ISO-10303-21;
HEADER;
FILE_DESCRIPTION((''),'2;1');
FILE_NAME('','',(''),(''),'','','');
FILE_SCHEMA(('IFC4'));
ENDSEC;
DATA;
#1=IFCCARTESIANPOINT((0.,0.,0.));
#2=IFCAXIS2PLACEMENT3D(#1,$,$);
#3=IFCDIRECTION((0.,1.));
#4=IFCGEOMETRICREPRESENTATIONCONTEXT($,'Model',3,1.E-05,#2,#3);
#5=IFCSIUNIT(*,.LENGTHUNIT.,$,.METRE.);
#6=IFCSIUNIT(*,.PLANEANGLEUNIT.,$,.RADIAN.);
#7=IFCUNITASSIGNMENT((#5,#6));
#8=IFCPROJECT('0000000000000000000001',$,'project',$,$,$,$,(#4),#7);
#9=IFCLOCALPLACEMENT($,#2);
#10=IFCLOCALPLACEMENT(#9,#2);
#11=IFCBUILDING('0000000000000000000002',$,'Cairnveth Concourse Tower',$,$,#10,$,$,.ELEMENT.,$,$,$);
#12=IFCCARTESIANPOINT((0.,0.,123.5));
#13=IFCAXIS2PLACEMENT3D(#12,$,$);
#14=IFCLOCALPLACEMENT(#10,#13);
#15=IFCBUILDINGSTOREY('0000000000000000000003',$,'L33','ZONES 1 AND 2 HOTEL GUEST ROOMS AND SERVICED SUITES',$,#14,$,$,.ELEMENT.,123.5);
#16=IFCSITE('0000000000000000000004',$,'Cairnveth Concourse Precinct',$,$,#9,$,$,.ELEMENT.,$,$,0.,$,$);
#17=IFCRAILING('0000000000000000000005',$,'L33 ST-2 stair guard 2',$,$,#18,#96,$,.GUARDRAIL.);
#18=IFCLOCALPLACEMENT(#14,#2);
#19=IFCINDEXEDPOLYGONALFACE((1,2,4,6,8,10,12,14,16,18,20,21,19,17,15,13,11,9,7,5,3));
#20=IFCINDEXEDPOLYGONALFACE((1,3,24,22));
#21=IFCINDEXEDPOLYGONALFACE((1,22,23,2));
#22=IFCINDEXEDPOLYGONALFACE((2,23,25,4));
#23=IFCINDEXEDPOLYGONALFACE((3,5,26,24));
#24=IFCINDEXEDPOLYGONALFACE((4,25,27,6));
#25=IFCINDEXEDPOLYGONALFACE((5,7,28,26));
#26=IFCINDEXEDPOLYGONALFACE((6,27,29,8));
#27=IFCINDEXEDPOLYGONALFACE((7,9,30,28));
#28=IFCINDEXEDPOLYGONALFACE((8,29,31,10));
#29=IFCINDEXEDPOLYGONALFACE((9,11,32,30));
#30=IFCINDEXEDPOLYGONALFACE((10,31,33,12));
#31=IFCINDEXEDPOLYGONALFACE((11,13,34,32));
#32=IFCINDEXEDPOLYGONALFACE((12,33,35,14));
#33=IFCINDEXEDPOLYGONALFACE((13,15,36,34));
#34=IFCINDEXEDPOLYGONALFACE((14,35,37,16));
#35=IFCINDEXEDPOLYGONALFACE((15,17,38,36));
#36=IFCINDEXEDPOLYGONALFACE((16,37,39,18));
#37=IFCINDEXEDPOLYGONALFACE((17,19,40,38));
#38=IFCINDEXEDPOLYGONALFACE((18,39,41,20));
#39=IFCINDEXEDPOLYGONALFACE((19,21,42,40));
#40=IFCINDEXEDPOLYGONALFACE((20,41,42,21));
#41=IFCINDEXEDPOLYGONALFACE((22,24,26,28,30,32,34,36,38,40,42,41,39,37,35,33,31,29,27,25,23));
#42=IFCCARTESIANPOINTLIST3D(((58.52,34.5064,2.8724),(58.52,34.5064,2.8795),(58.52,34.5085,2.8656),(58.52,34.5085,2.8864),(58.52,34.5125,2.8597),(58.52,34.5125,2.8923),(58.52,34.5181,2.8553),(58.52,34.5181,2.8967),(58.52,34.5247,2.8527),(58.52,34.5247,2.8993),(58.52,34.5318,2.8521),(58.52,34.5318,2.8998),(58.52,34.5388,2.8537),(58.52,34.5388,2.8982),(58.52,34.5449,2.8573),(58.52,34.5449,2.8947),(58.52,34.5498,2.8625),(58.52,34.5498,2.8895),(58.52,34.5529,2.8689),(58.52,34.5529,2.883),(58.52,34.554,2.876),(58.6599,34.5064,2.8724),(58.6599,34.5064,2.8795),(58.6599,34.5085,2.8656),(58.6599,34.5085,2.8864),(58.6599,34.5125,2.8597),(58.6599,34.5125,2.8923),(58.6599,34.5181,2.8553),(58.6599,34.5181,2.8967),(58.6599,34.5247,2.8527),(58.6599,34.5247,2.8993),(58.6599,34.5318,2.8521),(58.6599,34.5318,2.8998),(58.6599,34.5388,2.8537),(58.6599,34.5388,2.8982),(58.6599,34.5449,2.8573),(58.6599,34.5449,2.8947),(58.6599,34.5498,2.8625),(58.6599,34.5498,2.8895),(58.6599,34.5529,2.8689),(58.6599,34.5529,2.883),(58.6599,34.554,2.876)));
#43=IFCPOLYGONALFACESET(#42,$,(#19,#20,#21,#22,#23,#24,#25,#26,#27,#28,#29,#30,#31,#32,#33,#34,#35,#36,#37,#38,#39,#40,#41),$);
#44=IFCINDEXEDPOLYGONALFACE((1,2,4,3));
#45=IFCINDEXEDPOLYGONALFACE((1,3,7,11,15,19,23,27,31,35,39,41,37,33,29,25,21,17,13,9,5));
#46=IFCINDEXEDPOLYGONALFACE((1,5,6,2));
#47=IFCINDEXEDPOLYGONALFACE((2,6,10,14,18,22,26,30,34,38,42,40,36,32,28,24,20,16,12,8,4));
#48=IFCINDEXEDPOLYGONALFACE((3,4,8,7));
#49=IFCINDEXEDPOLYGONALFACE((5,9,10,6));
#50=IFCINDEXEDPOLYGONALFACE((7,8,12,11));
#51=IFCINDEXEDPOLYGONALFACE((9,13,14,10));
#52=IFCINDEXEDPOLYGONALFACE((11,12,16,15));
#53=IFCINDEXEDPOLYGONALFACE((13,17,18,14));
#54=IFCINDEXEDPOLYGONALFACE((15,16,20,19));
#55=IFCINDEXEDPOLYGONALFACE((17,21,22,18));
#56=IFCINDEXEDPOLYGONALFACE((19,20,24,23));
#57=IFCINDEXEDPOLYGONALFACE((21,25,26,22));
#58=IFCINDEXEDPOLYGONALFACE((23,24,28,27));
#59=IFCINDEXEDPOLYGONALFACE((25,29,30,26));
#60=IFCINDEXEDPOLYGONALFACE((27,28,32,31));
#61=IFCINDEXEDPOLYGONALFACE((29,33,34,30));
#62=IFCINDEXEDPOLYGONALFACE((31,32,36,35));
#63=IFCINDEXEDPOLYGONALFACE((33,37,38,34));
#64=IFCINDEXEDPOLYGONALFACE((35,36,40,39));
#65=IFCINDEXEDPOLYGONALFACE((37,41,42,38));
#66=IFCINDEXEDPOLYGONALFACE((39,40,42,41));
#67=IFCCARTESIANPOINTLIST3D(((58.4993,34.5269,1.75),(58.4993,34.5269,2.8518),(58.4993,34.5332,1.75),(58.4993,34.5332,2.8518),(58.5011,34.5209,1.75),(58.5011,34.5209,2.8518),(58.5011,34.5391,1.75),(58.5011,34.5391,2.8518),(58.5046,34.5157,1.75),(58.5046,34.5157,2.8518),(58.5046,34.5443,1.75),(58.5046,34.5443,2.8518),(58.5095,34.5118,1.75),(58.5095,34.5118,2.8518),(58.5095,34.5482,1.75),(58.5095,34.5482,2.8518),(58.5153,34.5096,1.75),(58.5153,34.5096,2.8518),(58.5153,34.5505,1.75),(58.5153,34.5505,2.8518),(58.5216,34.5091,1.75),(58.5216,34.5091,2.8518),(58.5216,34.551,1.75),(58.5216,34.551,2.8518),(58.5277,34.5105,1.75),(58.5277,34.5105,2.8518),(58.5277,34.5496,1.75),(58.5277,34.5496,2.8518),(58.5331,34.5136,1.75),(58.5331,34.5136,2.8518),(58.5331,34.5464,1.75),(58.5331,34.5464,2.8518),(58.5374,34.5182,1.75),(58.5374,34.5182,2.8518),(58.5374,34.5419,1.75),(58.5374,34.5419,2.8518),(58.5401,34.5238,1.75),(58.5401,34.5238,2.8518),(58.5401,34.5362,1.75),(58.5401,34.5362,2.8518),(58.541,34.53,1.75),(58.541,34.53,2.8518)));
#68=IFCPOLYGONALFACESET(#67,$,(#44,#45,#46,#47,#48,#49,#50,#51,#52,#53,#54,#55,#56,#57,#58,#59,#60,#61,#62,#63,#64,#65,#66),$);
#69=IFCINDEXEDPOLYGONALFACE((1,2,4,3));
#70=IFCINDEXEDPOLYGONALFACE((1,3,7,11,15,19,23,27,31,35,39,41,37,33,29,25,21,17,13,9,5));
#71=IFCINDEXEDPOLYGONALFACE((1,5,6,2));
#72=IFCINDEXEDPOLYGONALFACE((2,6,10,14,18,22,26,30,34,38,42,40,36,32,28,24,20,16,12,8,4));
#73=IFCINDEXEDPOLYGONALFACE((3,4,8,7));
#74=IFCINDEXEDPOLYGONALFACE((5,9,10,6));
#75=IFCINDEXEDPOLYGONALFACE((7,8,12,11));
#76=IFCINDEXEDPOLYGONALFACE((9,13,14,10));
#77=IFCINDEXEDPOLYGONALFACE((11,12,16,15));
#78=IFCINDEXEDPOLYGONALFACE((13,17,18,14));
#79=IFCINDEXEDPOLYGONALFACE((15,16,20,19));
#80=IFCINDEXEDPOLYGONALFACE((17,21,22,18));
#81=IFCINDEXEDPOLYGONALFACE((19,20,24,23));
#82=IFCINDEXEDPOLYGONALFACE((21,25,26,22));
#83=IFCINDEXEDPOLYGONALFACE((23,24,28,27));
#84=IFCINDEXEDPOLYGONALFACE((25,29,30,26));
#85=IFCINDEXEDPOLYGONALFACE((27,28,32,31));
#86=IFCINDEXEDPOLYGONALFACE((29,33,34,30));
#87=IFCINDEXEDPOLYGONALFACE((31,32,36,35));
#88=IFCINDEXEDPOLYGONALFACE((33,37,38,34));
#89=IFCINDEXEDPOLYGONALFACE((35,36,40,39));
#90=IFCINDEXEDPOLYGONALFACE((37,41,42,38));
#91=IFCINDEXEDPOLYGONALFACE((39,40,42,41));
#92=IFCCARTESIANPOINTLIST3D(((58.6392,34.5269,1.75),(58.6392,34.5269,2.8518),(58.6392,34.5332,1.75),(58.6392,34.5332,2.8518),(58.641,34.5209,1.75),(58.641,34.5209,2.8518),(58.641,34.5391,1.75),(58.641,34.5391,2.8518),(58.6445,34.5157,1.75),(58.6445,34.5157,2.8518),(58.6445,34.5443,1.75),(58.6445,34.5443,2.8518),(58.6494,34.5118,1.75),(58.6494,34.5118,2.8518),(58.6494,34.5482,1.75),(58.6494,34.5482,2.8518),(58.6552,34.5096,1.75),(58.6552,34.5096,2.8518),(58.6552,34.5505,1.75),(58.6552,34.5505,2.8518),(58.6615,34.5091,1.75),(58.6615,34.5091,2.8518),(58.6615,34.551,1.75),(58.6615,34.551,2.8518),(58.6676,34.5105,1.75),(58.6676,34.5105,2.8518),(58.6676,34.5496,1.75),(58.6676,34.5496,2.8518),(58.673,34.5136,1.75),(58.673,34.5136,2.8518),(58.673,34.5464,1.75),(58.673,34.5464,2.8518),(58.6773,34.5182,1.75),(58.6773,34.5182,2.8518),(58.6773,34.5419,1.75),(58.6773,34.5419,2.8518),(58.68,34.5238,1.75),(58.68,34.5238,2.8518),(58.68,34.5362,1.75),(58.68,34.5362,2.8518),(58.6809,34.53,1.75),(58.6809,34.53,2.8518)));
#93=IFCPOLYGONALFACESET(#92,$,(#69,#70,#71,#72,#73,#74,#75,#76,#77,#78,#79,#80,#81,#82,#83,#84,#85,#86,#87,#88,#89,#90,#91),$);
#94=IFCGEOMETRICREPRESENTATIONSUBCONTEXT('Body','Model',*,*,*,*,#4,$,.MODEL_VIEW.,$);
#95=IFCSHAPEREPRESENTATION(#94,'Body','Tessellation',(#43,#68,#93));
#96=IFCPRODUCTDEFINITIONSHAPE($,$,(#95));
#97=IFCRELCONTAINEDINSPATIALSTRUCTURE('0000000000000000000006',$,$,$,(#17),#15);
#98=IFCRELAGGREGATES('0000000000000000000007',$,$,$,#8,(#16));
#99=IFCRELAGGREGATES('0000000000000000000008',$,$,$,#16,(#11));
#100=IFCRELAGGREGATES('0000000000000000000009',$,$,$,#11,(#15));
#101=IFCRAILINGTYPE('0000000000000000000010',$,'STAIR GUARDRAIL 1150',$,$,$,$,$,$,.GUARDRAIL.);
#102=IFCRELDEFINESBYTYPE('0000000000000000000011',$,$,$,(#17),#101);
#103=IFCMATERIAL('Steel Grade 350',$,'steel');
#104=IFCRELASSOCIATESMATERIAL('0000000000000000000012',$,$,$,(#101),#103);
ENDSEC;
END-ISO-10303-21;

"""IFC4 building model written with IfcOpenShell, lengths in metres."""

from ifc_helpers import new_model, si_unit, direction, frame, origin, origin_2d, place, context, subcontext, project, spatial, circle, extrude, material, type_object, element, save


model = new_model("IFC4")

# Units and contexts
model_context = context("Model", 3, precision=1e-05, world=origin(), true_north=direction((0.0, 1.0)))
body_context = subcontext(model_context, "Body", "Model", "MODEL_VIEW")
ifc_project = project(units=[si_unit("LENGTHUNIT", "METRE"), si_unit("PLANEANGLEUNIT", "RADIAN")], contexts=[model_context])

# Site, building, storey
site_placement = place(None, origin())
site = spatial("IfcSite", under=ifc_project, at=site_placement, Name="Cairnveth Concourse Precinct", CompositionType="ELEMENT", RefElevation=0.0)
building_placement = place(site_placement, origin())
building = spatial("IfcBuilding", under=site, at=building_placement, Name="Cairnveth Concourse Tower", CompositionType="ELEMENT")
storey_placement = place(building_placement, frame((0.0, 0.0, 123.5)))
storey = spatial("IfcBuildingStorey", under=building, at=storey_placement, Name="L33", Description="ZONES 1 AND 2 HOTEL GUEST ROOMS AND SERVICED SUITES", CompositionType="ELEMENT", Elevation=123.5)

# Shared definitions
ifc_material_1 = material(Name="Steel Grade 350", Category="steel")

# Railing
railing_type_1 = type_object("IfcRailingType", Name="STAIR GUARDRAIL 1150", PredefinedType="GUARDRAIL", material=ifc_material_1)
railing_1_placement = place(storey_placement, frame((58.52, 34.53, 1.75)))
element("IfcRailing", 1, at=railing_1_placement, inside=storey, type_object=railing_type_1, Name="L33 ST-2 stair guard 2", PredefinedType="GUARDRAIL", context=body_context, shape_type="SweptSolid", body=[
    extrude(circle(Radius=0.0239, at=origin_2d()), frame((0.0, 0.0, 1.126), z_axis=(1.0, 0.0, 0.0), x_axis=(0.0, 1.0, 0.0)), (0.0, 0.0, 1.0), 0.1399),
    extrude(circle(Radius=0.021, at=origin_2d()), origin(), (0.0, 0.0, 1.0), 1.1018),
    extrude(circle(Radius=0.021, at=origin_2d()), frame((0.1399, 0.0, 0.0)), (0.0, 0.0, 1.0), 1.1018),
])

save(model, "model.ifc")
